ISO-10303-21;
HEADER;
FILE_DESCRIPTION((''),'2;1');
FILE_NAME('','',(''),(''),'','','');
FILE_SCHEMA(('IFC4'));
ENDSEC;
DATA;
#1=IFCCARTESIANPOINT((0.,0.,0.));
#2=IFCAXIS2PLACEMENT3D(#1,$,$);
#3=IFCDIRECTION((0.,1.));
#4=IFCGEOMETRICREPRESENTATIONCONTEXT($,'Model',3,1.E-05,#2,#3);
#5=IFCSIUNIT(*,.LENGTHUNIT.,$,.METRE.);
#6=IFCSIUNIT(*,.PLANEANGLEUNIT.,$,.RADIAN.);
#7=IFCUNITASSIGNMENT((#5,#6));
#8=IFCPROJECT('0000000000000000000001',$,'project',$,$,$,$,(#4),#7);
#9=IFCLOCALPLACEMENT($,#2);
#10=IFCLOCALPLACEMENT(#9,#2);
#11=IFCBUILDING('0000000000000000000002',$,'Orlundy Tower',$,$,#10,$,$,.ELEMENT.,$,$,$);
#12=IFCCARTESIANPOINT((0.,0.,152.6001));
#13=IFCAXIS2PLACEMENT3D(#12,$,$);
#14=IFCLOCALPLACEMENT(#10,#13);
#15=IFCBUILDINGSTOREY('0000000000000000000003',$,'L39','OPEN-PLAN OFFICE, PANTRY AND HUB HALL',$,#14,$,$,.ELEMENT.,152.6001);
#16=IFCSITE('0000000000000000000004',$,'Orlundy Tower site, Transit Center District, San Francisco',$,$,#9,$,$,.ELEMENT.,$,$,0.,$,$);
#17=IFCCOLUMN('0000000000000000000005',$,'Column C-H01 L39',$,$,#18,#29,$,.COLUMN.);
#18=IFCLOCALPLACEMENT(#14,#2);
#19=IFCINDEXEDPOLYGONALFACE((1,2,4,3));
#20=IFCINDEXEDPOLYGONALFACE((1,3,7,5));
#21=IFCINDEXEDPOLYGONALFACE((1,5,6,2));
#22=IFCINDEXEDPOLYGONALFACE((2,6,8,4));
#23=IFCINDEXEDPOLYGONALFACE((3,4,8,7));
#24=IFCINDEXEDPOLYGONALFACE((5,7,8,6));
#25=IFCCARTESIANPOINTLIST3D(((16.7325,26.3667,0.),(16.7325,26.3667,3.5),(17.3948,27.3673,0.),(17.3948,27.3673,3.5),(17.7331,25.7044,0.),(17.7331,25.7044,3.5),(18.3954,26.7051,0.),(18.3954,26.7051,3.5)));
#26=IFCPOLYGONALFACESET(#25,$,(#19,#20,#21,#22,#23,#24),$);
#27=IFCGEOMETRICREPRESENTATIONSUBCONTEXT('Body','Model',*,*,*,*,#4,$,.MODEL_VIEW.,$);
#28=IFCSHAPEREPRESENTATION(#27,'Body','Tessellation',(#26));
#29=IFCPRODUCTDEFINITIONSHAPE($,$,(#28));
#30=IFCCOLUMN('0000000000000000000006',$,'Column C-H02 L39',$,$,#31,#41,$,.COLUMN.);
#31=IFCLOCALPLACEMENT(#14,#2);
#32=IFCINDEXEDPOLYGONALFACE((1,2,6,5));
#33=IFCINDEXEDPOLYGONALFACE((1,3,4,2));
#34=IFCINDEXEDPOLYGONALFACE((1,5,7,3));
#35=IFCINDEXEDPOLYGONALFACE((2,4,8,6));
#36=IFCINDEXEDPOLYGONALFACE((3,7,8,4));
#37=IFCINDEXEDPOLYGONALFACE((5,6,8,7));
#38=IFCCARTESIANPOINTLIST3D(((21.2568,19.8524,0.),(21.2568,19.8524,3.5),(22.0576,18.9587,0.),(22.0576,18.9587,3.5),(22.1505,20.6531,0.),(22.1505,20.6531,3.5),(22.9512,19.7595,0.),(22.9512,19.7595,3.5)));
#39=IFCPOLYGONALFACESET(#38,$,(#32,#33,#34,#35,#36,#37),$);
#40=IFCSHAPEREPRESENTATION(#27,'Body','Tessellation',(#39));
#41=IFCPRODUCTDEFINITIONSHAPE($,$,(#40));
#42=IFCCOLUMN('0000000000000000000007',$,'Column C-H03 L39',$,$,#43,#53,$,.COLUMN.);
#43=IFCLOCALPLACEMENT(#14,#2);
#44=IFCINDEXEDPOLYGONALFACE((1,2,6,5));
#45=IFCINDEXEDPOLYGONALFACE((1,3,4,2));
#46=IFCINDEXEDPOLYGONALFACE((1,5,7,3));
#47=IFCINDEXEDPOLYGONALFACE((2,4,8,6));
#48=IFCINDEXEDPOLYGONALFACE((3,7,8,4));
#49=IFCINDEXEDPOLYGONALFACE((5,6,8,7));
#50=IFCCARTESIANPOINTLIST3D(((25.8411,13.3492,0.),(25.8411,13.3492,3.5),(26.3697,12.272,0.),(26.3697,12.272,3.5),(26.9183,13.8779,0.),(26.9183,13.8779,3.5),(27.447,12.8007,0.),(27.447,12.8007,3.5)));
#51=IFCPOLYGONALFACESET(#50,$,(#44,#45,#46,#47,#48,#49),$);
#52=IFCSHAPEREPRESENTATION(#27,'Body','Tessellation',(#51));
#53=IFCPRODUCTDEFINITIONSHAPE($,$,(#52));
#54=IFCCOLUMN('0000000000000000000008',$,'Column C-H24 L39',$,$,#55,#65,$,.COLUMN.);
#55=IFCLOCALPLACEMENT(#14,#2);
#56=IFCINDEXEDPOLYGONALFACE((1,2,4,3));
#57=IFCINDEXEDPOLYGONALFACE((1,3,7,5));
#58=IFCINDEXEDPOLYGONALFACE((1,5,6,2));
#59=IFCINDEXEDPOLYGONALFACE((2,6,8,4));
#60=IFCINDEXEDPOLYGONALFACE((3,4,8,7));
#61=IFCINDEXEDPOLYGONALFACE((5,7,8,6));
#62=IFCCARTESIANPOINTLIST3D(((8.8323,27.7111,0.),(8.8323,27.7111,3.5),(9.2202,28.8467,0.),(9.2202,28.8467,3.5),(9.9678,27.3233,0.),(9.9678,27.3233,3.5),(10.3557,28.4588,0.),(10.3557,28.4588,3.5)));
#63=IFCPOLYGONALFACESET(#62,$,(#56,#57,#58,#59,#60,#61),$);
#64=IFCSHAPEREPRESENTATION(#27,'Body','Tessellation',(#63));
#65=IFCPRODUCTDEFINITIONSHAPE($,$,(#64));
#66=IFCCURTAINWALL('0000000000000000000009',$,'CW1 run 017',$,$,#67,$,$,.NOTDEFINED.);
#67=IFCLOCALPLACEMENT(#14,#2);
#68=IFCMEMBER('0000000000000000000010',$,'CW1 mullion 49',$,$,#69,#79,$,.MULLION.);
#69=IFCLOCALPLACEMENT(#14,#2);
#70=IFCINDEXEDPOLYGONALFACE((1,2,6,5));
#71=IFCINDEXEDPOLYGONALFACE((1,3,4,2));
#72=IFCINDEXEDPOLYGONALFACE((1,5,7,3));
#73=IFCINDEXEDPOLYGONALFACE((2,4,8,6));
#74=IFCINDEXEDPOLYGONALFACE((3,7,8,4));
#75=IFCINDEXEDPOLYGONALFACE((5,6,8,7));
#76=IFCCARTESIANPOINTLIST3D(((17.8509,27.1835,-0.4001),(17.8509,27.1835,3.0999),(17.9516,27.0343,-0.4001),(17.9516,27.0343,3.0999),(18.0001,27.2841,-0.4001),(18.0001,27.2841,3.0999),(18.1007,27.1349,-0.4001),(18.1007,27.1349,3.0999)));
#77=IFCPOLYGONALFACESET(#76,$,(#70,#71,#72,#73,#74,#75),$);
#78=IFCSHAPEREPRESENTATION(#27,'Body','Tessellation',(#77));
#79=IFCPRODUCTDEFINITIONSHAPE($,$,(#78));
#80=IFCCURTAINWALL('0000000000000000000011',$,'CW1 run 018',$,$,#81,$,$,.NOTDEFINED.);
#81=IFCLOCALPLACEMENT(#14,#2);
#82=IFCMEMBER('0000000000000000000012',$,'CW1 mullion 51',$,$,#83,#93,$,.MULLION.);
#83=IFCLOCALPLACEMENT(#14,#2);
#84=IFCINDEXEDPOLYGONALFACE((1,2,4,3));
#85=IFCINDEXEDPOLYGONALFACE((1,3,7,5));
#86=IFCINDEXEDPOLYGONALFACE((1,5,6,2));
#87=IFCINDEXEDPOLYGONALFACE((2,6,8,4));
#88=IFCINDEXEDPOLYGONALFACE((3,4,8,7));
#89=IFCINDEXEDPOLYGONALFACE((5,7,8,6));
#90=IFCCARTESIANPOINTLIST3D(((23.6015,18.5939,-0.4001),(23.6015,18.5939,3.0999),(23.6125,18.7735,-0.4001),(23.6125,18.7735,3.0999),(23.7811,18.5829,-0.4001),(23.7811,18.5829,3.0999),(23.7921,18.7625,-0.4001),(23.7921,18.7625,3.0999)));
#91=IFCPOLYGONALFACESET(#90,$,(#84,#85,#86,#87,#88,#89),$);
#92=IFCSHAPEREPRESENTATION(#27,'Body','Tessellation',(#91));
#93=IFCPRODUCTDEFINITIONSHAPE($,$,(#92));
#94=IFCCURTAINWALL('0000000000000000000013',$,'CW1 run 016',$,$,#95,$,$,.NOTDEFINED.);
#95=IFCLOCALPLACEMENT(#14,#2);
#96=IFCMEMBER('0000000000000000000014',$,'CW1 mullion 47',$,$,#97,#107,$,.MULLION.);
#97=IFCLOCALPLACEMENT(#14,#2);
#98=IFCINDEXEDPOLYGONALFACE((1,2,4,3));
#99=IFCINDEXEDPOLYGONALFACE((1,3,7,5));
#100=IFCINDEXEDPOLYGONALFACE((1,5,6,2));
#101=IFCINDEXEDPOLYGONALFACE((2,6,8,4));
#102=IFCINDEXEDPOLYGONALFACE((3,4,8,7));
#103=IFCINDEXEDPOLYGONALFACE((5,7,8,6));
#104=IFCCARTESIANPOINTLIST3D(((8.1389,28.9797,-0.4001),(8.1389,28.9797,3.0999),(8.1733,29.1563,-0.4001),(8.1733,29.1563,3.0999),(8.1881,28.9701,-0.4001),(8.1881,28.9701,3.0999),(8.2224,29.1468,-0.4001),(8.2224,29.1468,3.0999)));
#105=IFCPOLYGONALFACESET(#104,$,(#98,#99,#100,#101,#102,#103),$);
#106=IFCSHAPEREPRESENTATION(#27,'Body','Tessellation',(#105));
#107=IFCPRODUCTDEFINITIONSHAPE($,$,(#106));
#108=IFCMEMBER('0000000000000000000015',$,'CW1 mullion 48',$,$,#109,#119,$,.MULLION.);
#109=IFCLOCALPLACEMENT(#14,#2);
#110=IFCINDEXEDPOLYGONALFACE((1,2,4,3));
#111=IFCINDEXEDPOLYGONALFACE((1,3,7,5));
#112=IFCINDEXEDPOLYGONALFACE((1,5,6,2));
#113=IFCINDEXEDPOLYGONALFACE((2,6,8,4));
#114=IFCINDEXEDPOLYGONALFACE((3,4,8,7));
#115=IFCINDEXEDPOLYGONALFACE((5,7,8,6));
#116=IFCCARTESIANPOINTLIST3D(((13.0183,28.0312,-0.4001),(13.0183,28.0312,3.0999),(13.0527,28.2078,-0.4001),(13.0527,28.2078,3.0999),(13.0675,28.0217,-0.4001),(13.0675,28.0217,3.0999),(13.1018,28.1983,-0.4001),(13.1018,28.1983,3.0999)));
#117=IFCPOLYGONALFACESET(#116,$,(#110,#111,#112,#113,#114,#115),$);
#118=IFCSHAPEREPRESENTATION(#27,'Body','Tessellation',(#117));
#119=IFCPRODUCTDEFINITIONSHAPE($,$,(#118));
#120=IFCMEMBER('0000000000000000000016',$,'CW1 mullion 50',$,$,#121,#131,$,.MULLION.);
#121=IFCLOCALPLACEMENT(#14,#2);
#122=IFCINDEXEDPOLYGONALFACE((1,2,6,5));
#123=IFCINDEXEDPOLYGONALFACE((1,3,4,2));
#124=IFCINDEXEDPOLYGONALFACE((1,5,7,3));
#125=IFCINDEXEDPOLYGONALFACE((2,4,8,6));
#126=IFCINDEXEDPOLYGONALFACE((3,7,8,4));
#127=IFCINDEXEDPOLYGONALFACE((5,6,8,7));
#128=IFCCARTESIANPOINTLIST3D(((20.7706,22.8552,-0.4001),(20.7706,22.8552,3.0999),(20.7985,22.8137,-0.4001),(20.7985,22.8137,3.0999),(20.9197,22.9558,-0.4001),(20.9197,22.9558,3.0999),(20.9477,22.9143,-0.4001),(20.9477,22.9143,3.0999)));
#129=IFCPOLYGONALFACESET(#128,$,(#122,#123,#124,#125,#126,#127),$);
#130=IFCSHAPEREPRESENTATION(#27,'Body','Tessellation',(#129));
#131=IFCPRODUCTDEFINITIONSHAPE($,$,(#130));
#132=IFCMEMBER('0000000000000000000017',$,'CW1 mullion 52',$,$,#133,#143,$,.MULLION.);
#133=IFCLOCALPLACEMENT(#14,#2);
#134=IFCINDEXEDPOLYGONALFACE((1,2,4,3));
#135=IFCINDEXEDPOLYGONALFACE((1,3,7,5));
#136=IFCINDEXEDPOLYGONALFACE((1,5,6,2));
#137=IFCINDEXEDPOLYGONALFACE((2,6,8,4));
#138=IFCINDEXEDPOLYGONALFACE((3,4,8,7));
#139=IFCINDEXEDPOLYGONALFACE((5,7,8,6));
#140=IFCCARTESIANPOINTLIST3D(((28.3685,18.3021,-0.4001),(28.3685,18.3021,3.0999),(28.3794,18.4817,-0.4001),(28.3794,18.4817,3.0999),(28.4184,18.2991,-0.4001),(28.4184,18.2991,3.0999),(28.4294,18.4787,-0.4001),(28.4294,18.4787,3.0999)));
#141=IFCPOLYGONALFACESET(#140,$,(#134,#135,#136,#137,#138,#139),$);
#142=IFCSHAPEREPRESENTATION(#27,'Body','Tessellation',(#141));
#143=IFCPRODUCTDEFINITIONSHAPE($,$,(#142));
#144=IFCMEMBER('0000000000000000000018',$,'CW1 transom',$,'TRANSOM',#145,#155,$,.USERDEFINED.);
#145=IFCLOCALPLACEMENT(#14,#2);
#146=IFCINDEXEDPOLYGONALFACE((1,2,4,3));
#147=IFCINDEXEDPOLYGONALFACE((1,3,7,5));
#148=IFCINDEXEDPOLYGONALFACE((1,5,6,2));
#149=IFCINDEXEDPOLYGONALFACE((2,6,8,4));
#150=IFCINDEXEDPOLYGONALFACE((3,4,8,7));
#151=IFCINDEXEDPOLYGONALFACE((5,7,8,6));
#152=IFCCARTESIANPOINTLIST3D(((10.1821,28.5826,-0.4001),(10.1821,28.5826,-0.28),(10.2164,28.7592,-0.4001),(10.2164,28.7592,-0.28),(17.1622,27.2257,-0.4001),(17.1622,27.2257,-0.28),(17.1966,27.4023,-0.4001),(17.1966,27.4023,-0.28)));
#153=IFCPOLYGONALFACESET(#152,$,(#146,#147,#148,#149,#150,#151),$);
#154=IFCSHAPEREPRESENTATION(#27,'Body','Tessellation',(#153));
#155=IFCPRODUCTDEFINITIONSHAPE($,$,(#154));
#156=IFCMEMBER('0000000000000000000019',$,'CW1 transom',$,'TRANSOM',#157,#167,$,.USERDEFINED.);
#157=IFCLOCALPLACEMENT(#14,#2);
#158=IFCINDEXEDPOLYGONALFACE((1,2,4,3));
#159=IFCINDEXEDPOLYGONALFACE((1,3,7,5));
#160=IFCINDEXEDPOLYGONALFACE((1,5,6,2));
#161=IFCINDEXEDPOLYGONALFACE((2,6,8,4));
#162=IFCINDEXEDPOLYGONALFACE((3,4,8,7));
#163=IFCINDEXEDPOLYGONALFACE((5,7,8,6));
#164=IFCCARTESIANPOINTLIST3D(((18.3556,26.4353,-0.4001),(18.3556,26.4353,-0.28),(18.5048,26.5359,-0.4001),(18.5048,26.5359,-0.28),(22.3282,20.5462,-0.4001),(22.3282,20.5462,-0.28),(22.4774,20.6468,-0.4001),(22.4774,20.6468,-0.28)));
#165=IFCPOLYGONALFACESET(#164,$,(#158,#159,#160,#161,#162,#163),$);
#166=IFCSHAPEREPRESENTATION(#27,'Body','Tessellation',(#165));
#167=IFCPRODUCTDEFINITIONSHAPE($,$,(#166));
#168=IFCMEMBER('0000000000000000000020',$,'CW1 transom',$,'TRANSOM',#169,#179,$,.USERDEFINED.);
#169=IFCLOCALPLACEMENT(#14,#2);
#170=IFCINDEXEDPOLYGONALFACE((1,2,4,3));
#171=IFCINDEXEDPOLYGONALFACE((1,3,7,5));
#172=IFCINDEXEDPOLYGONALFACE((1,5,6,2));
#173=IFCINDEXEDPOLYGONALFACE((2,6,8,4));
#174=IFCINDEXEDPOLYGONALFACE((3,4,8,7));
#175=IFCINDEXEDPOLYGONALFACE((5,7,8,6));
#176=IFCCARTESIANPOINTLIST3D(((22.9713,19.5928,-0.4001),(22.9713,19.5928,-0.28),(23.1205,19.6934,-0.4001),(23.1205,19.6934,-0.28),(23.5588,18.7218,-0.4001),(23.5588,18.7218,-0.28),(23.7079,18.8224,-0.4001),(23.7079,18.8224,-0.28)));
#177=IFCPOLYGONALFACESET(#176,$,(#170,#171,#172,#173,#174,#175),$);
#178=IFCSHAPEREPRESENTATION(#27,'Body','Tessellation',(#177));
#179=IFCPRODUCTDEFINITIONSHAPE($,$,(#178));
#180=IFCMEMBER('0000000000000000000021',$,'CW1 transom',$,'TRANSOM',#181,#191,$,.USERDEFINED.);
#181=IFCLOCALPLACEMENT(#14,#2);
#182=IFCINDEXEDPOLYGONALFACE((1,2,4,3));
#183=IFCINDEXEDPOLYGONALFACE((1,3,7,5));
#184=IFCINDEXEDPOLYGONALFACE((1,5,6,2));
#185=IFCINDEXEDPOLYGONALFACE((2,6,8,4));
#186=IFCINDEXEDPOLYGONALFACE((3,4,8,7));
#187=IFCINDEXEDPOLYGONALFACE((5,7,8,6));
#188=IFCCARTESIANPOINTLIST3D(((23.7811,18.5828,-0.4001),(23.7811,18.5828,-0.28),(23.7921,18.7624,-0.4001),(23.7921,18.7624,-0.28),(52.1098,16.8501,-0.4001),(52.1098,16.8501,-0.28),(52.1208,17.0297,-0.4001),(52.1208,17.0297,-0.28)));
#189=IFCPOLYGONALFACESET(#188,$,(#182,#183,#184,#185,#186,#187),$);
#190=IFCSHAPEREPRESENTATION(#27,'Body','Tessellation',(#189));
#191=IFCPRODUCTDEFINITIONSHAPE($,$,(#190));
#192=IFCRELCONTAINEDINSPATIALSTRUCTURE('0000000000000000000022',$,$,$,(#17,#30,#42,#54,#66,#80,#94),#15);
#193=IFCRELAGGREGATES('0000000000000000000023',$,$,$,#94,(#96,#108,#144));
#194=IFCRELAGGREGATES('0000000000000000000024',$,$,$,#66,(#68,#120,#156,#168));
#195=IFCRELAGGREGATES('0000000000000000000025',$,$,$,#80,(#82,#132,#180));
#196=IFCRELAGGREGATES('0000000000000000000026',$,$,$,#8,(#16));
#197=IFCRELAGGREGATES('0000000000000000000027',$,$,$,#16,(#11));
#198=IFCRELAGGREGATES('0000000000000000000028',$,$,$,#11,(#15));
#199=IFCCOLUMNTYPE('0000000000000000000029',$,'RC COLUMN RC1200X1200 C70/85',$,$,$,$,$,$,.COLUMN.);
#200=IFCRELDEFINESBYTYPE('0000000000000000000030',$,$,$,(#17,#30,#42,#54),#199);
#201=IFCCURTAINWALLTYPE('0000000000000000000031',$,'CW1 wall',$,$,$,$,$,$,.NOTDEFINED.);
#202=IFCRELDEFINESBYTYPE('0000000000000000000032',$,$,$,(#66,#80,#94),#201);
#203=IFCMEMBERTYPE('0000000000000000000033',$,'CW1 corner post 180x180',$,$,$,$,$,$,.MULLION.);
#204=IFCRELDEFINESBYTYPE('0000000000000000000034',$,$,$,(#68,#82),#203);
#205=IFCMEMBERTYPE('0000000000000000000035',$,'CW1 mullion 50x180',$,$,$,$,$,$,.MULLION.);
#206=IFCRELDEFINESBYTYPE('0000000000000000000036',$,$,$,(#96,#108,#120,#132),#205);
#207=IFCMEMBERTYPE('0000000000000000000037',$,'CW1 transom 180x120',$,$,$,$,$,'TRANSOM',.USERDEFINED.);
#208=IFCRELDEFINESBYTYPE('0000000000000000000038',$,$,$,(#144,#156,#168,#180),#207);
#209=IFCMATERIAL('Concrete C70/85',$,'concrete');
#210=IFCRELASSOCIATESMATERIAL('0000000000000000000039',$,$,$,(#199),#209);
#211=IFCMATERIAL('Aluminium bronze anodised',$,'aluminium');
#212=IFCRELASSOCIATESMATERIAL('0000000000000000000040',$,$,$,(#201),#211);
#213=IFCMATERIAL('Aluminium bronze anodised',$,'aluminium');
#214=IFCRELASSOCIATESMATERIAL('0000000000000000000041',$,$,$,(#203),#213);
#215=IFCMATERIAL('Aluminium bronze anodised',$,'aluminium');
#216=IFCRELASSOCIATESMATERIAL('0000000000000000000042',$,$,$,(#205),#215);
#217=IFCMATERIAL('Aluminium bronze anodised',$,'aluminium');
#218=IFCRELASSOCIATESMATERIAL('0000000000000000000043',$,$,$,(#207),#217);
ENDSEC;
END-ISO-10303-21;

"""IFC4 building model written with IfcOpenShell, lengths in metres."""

from ifc_helpers import new_model, si_unit, direction, frame, origin, origin_2d, place, context, subcontext, project, spatial, rectangle, extrude, material, material_profile, profile_set, type_object, element, aggregate, save


model = new_model("IFC4")

# Units and contexts
model_context = context("Model", 3, precision=1e-05, world=origin(), true_north=direction((0.0, 1.0)))
body_context = subcontext(model_context, "Body", "Model", "MODEL_VIEW")
ifc_project = project(units=[si_unit("LENGTHUNIT", "METRE"), si_unit("PLANEANGLEUNIT", "RADIAN")], contexts=[model_context])

# Site, building, storey
site_placement = place(None, origin())
site = spatial("IfcSite", under=ifc_project, at=site_placement, Name="Orlundy Tower site, Transit Center District, San Francisco", CompositionType="ELEMENT", RefElevation=0.0)
building_placement = place(site_placement, origin())
building = spatial("IfcBuilding", under=site, at=building_placement, Name="Orlundy Tower", CompositionType="ELEMENT")
storey_placement = place(building_placement, frame((0.0, 0.0, 152.6001)))
storey = spatial("IfcBuildingStorey", under=building, at=storey_placement, Name="L39", Description="OPEN-PLAN OFFICE, PANTRY AND HUB HALL", CompositionType="ELEMENT", Elevation=152.6001)

# Columns
ifc_material_1 = material(Name="Concrete C70/85", Category="concrete")
ifc_material_profile_1 = material_profile(ifc_material_1, rectangle(XDim=1.2, YDim=1.2, at=origin_2d()), Name="RC1200X1200")
ifc_profile_set_1 = profile_set([ifc_material_profile_1], Name="Concrete C70/85")
column_type = type_object("IfcColumnType", Name="RC COLUMN RC1200X1200 C70/85", PredefinedType="COLUMN", material=ifc_profile_set_1)
for number, where, z_axis, x_axis, name in (
    (1, (17.564, 26.5359, 0.0), (0.0, 0.0, 1.0), (0.551937, 0.833886, 0.0), "Column C-H01 L39"),
    (2, (22.104, 19.8059, 0.0), (0.0, 0.0, 1.0), (0.744754, 0.667339, 0.0), "Column C-H02 L39"),
    (3, (26.644, 13.075, 0.0), (0.0, 0.0, 1.0), (0.897728, 0.44055, 0.0), "Column C-H03 L39"),
    (4, (9.594, 28.085, 0.0), (0.0, 0.0, 1.0), (0.323257, 0.946311, 0.0), "Column C-H24 L39"),
):
    element("IfcColumn", number, at=place(storey_placement, frame(where, z_axis=z_axis, x_axis=x_axis)), inside=storey, type_object=column_type, Name=name, PredefinedType="COLUMN", context=body_context, shape_type="SweptSolid", body=[
        extrude(rectangle(XDim=1.2, YDim=1.2, at=origin_2d()), origin(), (0.0, 0.0, 1.0), 3.5),
    ])

# Curtain walls, members
ifc_material_2 = material(Name="Aluminium bronze anodised", Category="aluminium")
curtain_wall_type = type_object("IfcCurtainWallType", Name="CW1 wall", PredefinedType="NOTDEFINED", material=ifc_material_2)
curtain_wall_1_placement = place(storey_placement, origin())
curtain_wall_1 = element("IfcCurtainWall", 5, at=curtain_wall_1_placement, inside=storey, type_object=curtain_wall_type, Name="CW1 run 017", PredefinedType="NOTDEFINED")
ifc_material_3 = material(Name="Aluminium bronze anodised", Category="aluminium")
ifc_material_profile_2 = material_profile(ifc_material_3, rectangle(XDim=0.1799, YDim=0.1799, at=origin_2d()), Name="CW1 corner post 180x180")
ifc_profile_set_2 = profile_set([ifc_material_profile_2], Name="Aluminium bronze anodised")
member_type_1 = type_object("IfcMemberType", Name="CW1 corner post 180x180", PredefinedType="MULLION", material=ifc_profile_set_2)
member_1_placement = place(storey_placement, frame((17.9758, 27.1592, -0.4001), z_axis=(0.0, 0.0, 1.0), x_axis=(0.829017, 0.559223, 0.0)))
member_1 = element("IfcMember", 6, at=member_1_placement, type_object=member_type_1, Name="CW1 mullion 49", PredefinedType="MULLION", context=body_context, shape_type="SweptSolid", body=[
    extrude(rectangle(XDim=0.1799, YDim=0.1799, at=origin_2d()), origin(), (0.0, 0.0, 1.0), 3.5),
])
curtain_wall_2_placement = place(storey_placement, origin())
curtain_wall_2 = element("IfcCurtainWall", 7, at=curtain_wall_2_placement, inside=storey, type_object=curtain_wall_type, Name="CW1 run 018", PredefinedType="NOTDEFINED")
member_2_placement = place(storey_placement, frame((23.6968, 18.6782, -0.4001), z_axis=(0.0, 0.0, 1.0), x_axis=(0.061054, 0.998134, 0.0)))
member_2 = element("IfcMember", 8, at=member_2_placement, type_object=member_type_1, Name="CW1 mullion 51", PredefinedType="MULLION", context=body_context, shape_type="SweptSolid", body=[
    extrude(rectangle(XDim=0.1799, YDim=0.1799, at=origin_2d()), origin(), (0.0, 0.0, 1.0), 3.5),
])

# Curtain wall, members
curtain_wall_3_placement = place(storey_placement, origin())
curtain_wall_3 = element("IfcCurtainWall", 9, at=curtain_wall_3_placement, inside=storey, type_object=curtain_wall_type, Name="CW1 run 016", PredefinedType="NOTDEFINED")
ifc_material_4 = material(Name="Aluminium bronze anodised", Category="aluminium")
ifc_material_profile_3 = material_profile(ifc_material_4, rectangle(XDim=0.1799, YDim=0.05, at=origin_2d()), Name="CW1 mullion 50x180")
ifc_profile_set_3 = profile_set([ifc_material_profile_3], Name="Aluminium bronze anodised")
member_type_2 = type_object("IfcMemberType", Name="CW1 mullion 50x180", PredefinedType="MULLION", material=ifc_profile_set_3)
member_3_placement = place(storey_placement, frame((8.1807, 29.0632, -0.4001), z_axis=(0.0, 0.0, 1.0), x_axis=(0.190805, 0.981628, 0.0)))
member_3 = element("IfcMember", 10, at=member_3_placement, type_object=member_type_2, Name="CW1 mullion 47", PredefinedType="MULLION", context=body_context, shape_type="SweptSolid", body=[
    extrude(rectangle(XDim=0.1799, YDim=0.05, at=origin_2d()), origin(), (0.0, 0.0, 1.0), 3.5),
])
member_4_placement = place(storey_placement, frame((13.0601, 28.1147, -0.4001), z_axis=(0.0, 0.0, 1.0), x_axis=(0.190805, 0.981628, 0.0)))
member_4 = element("IfcMember", 11, at=member_4_placement, type_object=member_type_2, Name="CW1 mullion 48", PredefinedType="MULLION", context=body_context, shape_type="SweptSolid", body=[
    extrude(rectangle(XDim=0.1799, YDim=0.05, at=origin_2d()), origin(), (0.0, 0.0, 1.0), 3.5),
])

# Members
member_5_placement = place(storey_placement, frame((20.8591, 22.8848, -0.4001), z_axis=(0.0, 0.0, 1.0), x_axis=(0.829017, 0.559223, 0.0)))
member_5 = element("IfcMember", 12, at=member_5_placement, type_object=member_type_2, Name="CW1 mullion 50", PredefinedType="MULLION", context=body_context, shape_type="SweptSolid", body=[
    extrude(rectangle(XDim=0.1799, YDim=0.05, at=origin_2d()), origin(), (0.0, 0.0, 1.0), 3.5),
])
member_6_placement = place(storey_placement, frame((28.3989, 18.3904, -0.4001), z_axis=(0.0, 0.0, 1.0), x_axis=(0.061054, 0.998134, 0.0)))
member_6 = element("IfcMember", 13, at=member_6_placement, type_object=member_type_2, Name="CW1 mullion 52", PredefinedType="MULLION", context=body_context, shape_type="SweptSolid", body=[
    extrude(rectangle(XDim=0.1799, YDim=0.05, at=origin_2d()), origin(), (0.0, 0.0, 1.0), 3.5),
])
ifc_material_5 = material(Name="Aluminium bronze anodised", Category="aluminium")
ifc_material_profile_4 = material_profile(ifc_material_5, rectangle(XDim=0.1799, YDim=0.1201, at=origin_2d()), Name="CW1 transom 180x120")
ifc_profile_set_4 = profile_set([ifc_material_profile_4], Name="Aluminium bronze anodised")
member_type_3 = type_object("IfcMemberType", Name="CW1 transom 180x120", ElementType="TRANSOM", PredefinedType="USERDEFINED", material=ifc_profile_set_4)
member_7_placement = place(storey_placement, frame((10.1992, 28.6709, -0.3401), z_axis=(0.981624, -0.190825, 0.0), x_axis=(0.190825, 0.981624, 0.0)))
member_7 = element("IfcMember", 14, at=member_7_placement, type_object=member_type_3, Name="CW1 transom", ObjectType="TRANSOM", PredefinedType="USERDEFINED", context=body_context, shape_type="SweptSolid", body=[
    extrude(rectangle(XDim=0.1799, YDim=0.1201, at=origin_2d()), origin(), (0.0, 0.0, 1.0), 7.1108),
])
member_8_placement = place(storey_placement, frame((18.4302, 26.4856, -0.3401), z_axis=(0.559228, -0.829014, 0.0), x_axis=(0.829014, 0.559228, 0.0)))
member_8 = element("IfcMember", 15, at=member_8_placement, type_object=member_type_3, Name="CW1 transom", ObjectType="TRANSOM", PredefinedType="USERDEFINED", context=body_context, shape_type="SweptSolid", body=[
    extrude(rectangle(XDim=0.1799, YDim=0.1201, at=origin_2d()), origin(), (0.0, 0.0, 1.0), 7.1038),
])
member_9_placement = place(storey_placement, frame((23.0459, 19.6431, -0.3401), z_axis=(0.559197, -0.829035, 0.0), x_axis=(0.829035, 0.559197, 0.0)))
member_9 = element("IfcMember", 16, at=member_9_placement, type_object=member_type_3, Name="CW1 transom", ObjectType="TRANSOM", PredefinedType="USERDEFINED", context=body_context, shape_type="SweptSolid", body=[
    extrude(rectangle(XDim=0.1799, YDim=0.1201, at=origin_2d()), origin(), (0.0, 0.0, 1.0), 1.0505),
])
member_10_placement = place(storey_placement, frame((23.7866, 18.6726, -0.3401), z_axis=(0.998135, -0.061049, 0.0), x_axis=(0.061049, 0.998135, 0.0)))
member_10 = element("IfcMember", 17, at=member_10_placement, type_object=member_type_3, Name="CW1 transom", ObjectType="TRANSOM", PredefinedType="USERDEFINED", context=body_context, shape_type="SweptSolid", body=[
    extrude(rectangle(XDim=0.1799, YDim=0.1201, at=origin_2d()), origin(), (0.0, 0.0, 1.0), 28.3816),
])

aggregate(curtain_wall_3, [member_3, member_4, member_7])
aggregate(curtain_wall_1, [member_1, member_5, member_8, member_9])
aggregate(curtain_wall_2, [member_2, member_6, member_10])

save(model, "model.ifc")
